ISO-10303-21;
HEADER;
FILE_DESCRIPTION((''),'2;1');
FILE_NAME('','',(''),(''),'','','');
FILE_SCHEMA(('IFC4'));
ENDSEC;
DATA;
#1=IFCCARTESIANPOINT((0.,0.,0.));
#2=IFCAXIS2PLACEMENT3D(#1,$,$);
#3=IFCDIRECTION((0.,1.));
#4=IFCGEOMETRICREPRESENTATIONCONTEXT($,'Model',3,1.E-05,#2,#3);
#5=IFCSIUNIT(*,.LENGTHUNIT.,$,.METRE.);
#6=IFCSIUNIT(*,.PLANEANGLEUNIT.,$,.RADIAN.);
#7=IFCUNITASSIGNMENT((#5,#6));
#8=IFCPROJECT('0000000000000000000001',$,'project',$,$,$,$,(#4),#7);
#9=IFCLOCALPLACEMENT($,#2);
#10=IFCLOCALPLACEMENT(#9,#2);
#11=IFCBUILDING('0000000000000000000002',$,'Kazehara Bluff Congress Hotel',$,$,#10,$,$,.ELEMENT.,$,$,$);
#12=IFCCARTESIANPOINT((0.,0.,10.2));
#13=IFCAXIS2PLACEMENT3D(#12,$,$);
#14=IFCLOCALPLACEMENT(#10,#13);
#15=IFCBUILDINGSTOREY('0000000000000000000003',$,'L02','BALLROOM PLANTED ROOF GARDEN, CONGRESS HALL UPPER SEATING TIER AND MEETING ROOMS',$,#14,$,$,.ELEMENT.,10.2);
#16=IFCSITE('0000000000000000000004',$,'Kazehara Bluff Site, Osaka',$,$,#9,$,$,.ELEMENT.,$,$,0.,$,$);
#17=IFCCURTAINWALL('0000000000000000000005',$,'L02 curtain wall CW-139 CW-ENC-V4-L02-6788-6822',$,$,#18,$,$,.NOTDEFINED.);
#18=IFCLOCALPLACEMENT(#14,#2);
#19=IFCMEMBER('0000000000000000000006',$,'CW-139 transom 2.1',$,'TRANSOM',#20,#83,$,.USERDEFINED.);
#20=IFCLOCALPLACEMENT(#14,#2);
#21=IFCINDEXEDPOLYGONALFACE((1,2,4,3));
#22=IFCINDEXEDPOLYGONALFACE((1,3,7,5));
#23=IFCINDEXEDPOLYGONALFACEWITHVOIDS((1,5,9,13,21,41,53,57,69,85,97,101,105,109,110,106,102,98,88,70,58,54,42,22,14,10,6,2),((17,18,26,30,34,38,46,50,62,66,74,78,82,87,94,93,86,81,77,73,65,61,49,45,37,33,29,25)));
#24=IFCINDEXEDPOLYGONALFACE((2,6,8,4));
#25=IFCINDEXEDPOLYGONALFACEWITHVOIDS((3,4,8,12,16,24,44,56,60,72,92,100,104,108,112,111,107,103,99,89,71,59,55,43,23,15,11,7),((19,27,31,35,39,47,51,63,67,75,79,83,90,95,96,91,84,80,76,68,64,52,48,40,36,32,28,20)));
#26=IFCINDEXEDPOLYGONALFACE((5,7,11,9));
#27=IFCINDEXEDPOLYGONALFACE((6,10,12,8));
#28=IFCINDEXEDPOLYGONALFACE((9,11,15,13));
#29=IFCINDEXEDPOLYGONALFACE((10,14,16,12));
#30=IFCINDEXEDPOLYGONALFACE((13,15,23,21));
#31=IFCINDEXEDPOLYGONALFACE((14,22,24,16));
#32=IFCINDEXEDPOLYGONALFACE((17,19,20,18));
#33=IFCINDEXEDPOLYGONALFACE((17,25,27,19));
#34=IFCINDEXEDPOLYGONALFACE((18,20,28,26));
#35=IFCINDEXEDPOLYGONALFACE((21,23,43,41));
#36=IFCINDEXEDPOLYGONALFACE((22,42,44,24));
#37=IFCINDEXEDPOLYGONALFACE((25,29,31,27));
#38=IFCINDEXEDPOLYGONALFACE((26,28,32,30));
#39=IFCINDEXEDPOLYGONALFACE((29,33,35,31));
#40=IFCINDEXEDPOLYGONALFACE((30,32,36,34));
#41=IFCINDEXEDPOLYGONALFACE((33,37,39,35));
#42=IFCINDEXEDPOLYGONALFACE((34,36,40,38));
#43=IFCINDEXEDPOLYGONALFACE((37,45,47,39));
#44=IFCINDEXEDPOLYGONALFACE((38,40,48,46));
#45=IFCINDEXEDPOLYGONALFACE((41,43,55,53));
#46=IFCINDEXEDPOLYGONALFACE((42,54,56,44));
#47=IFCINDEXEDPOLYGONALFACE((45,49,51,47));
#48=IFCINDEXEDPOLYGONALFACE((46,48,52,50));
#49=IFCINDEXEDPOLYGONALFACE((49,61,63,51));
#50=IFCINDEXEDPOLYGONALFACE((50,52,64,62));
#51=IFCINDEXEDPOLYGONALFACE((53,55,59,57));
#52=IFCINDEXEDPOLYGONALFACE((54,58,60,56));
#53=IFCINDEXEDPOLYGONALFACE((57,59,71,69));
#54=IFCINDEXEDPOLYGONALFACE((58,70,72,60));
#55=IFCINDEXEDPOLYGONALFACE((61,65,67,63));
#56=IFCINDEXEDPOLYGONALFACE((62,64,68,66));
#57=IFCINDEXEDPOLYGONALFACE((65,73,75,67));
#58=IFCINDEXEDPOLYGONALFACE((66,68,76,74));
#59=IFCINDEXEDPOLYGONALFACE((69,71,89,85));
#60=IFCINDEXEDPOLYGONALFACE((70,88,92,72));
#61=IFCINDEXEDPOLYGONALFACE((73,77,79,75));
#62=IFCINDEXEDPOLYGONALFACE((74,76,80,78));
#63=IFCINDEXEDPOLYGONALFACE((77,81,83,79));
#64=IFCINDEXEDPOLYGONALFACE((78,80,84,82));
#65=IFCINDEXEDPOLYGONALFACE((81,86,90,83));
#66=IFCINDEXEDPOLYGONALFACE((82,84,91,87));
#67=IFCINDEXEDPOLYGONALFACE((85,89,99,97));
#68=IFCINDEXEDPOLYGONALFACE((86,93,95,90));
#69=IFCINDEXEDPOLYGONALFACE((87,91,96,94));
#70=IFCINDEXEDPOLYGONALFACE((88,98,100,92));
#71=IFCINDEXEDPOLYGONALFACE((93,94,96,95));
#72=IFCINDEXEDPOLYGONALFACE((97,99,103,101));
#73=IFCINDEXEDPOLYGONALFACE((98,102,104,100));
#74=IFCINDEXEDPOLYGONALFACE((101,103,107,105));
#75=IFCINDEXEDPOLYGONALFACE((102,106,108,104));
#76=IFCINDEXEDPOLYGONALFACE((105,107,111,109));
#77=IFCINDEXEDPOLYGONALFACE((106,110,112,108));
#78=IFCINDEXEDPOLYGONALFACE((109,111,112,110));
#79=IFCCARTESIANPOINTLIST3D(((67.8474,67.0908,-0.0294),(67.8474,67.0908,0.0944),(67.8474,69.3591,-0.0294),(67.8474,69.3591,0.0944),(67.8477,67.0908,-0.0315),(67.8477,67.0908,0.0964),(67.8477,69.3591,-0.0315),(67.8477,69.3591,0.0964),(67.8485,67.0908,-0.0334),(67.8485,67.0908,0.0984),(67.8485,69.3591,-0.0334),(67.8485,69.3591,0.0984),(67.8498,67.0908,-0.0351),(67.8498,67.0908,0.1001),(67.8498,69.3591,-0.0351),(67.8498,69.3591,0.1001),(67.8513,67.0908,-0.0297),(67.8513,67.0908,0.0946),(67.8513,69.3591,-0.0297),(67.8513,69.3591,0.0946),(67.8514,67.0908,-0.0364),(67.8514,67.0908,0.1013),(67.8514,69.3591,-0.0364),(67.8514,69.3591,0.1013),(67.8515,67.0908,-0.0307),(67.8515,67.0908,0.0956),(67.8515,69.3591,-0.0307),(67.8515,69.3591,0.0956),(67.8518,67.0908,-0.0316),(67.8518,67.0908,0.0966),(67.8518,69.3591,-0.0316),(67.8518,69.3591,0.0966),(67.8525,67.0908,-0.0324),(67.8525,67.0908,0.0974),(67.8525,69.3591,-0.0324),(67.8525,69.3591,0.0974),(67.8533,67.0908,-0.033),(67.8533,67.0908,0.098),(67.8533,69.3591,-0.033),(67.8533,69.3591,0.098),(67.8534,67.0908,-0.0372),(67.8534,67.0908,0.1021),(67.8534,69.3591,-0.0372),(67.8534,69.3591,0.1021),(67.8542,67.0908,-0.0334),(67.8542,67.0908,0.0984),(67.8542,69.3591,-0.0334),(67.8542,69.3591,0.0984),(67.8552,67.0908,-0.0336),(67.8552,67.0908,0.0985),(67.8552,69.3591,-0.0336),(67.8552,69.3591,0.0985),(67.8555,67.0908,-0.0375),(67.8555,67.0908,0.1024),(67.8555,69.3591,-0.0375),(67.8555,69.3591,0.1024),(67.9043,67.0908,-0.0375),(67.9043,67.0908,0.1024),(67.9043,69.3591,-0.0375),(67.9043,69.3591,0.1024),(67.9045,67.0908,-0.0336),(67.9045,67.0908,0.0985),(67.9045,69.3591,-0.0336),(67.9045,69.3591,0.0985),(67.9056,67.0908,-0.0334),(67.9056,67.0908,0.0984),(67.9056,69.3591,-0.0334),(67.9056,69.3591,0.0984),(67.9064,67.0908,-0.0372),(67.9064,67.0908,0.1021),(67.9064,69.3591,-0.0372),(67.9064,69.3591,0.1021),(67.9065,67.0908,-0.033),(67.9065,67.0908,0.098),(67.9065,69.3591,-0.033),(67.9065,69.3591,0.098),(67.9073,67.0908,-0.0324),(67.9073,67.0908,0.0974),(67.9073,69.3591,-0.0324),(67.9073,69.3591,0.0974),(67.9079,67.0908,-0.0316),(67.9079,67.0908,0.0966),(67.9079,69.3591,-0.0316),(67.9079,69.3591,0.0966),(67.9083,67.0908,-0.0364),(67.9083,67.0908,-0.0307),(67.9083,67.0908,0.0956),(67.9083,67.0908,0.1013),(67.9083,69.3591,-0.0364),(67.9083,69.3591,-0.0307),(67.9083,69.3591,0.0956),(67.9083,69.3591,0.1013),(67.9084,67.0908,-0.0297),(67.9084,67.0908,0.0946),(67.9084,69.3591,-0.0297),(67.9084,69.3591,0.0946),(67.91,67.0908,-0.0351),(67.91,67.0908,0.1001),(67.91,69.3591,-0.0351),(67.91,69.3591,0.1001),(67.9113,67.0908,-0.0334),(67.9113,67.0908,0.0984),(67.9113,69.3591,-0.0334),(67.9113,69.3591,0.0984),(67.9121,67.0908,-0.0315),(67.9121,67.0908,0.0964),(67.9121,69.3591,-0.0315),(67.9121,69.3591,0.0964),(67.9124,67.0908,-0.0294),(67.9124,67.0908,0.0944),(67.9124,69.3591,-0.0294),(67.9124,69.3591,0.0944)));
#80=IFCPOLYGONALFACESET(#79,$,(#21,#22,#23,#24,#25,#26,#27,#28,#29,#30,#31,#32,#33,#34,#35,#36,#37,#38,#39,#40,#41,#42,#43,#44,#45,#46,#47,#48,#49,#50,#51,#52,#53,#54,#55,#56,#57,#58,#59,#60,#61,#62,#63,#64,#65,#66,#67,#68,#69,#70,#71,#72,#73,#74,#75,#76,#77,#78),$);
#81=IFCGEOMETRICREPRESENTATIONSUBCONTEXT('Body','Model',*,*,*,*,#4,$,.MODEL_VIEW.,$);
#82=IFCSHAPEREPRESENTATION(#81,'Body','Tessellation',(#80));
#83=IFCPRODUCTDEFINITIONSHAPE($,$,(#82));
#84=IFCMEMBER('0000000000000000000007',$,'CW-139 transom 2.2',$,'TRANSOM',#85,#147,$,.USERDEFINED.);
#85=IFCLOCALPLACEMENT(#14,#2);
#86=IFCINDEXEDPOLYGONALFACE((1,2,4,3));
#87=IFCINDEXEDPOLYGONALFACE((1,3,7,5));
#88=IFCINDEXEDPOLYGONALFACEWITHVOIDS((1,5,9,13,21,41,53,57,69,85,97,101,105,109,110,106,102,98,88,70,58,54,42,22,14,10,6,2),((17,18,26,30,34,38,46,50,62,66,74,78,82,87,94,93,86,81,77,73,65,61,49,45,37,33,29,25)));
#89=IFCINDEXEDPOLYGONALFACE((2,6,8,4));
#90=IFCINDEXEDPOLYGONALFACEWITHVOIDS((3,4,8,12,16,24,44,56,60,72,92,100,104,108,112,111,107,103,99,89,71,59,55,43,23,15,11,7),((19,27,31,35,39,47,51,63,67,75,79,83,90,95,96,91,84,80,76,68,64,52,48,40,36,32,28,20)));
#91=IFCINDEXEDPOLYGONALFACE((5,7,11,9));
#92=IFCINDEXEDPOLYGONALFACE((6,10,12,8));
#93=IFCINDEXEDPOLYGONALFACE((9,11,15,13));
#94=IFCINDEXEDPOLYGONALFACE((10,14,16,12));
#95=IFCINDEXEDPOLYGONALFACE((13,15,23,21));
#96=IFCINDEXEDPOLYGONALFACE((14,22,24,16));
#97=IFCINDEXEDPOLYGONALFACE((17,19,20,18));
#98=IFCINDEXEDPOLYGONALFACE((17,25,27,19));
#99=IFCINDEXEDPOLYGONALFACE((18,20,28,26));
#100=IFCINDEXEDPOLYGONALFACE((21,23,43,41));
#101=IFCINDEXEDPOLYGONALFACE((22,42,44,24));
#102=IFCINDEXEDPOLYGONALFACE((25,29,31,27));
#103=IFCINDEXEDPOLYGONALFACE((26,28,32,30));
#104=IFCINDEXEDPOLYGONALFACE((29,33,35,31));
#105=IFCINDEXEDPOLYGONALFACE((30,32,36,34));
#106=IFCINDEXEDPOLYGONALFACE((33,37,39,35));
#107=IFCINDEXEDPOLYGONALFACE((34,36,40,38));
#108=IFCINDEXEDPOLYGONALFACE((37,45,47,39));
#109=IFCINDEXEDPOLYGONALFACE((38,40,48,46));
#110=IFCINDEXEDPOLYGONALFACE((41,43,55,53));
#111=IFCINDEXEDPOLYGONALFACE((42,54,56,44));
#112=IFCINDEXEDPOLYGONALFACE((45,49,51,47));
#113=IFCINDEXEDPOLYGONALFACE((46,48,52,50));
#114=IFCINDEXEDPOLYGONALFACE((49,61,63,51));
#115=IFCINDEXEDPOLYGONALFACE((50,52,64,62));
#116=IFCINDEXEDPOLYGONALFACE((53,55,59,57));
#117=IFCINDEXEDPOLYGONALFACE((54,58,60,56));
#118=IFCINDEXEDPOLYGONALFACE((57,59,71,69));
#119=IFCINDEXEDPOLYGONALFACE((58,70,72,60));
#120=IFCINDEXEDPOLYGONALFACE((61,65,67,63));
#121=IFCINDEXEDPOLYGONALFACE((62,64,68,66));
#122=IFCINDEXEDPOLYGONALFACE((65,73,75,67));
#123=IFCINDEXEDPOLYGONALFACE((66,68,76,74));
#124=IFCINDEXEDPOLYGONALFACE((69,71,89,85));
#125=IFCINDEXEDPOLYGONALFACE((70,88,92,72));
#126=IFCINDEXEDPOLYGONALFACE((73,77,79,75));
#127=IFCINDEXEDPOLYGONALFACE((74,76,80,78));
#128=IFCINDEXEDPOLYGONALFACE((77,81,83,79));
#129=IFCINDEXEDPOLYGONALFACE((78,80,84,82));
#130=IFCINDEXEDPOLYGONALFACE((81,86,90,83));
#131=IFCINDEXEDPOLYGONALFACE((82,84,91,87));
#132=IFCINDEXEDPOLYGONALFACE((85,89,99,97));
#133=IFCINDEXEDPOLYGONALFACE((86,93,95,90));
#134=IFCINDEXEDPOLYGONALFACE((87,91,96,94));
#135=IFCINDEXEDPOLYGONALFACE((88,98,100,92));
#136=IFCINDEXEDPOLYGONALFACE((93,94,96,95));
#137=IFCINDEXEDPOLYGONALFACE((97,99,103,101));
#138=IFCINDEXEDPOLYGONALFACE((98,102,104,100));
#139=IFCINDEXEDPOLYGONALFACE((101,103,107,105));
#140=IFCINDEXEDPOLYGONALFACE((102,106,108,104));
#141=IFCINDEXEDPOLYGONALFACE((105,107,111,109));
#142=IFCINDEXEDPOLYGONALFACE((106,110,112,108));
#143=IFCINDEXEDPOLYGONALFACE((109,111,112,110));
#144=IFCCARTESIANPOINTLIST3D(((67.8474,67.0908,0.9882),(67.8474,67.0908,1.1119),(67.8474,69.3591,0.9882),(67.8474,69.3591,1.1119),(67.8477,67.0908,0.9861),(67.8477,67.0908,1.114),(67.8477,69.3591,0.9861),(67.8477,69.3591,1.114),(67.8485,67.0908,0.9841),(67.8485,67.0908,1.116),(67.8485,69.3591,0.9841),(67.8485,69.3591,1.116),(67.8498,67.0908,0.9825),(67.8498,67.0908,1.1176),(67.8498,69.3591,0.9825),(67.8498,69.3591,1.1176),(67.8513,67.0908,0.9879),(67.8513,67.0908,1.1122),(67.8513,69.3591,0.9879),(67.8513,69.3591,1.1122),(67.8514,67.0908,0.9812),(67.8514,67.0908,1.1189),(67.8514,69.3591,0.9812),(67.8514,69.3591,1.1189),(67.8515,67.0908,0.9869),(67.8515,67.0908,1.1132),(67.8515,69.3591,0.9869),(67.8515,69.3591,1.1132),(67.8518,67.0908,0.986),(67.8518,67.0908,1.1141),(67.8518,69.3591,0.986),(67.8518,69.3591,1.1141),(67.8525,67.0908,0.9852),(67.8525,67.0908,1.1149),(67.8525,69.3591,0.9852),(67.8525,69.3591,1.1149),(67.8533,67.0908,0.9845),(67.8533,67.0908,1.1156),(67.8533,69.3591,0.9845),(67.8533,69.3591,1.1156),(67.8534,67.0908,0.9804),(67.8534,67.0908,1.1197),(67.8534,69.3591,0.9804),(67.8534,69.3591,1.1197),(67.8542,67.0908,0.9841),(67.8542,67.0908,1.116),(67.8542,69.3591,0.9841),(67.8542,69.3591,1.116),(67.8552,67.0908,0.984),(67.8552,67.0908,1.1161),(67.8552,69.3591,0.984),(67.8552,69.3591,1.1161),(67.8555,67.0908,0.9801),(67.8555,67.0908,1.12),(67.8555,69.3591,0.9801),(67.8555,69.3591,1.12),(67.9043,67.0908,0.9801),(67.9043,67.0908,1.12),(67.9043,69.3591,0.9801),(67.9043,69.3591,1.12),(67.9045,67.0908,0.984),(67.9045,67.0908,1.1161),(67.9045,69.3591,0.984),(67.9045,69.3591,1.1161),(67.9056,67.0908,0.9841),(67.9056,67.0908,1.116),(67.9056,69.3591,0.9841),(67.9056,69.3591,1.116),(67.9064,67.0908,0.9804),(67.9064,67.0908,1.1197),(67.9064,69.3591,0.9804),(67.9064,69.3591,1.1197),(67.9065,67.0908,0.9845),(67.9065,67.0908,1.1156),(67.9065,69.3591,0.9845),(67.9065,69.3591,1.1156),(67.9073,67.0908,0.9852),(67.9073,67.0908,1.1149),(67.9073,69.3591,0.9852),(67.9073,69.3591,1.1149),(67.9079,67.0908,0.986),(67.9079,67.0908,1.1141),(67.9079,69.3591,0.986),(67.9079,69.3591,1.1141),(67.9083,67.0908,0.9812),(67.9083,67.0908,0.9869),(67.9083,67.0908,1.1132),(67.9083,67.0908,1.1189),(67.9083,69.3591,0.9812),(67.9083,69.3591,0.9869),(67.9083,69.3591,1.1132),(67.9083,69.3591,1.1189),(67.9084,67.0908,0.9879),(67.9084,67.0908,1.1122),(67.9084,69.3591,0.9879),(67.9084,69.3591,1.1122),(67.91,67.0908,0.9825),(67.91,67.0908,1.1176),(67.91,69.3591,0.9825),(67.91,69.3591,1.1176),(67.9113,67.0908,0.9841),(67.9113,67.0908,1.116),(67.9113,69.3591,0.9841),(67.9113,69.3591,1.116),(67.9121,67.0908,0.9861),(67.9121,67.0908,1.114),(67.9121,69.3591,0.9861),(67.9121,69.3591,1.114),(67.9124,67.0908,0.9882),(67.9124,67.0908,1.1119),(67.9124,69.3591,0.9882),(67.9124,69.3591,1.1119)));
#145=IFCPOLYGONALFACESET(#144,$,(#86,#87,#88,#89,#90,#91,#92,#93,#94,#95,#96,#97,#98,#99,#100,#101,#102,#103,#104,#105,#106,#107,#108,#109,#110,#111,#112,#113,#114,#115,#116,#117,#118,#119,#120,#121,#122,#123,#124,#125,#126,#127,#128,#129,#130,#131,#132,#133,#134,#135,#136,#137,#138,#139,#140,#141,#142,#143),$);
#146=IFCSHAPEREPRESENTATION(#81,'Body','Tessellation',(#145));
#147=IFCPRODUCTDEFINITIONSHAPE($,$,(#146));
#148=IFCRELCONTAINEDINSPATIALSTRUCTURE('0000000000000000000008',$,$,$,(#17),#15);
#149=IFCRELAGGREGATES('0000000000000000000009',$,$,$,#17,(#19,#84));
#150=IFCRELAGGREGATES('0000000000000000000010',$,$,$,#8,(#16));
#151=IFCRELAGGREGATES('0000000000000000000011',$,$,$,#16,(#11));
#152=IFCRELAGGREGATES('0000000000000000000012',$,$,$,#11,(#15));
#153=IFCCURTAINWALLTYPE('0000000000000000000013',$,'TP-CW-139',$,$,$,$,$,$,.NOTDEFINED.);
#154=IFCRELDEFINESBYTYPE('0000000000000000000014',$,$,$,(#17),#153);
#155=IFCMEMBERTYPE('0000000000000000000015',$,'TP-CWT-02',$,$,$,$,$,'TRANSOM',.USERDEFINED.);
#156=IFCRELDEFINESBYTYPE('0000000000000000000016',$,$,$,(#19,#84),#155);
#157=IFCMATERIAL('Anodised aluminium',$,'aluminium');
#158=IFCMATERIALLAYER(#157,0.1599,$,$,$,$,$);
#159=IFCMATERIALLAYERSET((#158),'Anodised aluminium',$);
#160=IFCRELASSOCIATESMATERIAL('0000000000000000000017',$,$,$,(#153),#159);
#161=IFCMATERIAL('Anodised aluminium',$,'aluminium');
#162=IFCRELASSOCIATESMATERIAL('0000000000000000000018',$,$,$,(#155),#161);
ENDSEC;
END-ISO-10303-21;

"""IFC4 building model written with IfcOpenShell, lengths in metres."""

from ifc_helpers import new_model, si_unit, direction, frame, origin, origin_2d, place, context, subcontext, project, spatial, hollow_rectangle, extrude, material, layer, layer_set, material_profile, profile_set, type_object, element, aggregate, save


model = new_model("IFC4")

# Units and contexts
model_context = context("Model", 3, precision=1e-05, world=origin(), true_north=direction((0.0, 1.0)))
body_context = subcontext(model_context, "Body", "Model", "MODEL_VIEW")
ifc_project = project(units=[si_unit("LENGTHUNIT", "METRE"), si_unit("PLANEANGLEUNIT", "RADIAN")], contexts=[model_context])

# Site, building, storey
site_placement = place(None, origin())
site = spatial("IfcSite", under=ifc_project, at=site_placement, Name="Kazehara Bluff Site, Osaka", CompositionType="ELEMENT", RefElevation=0.0)
building_placement = place(site_placement, origin())
building = spatial("IfcBuilding", under=site, at=building_placement, Name="Kazehara Bluff Congress Hotel", CompositionType="ELEMENT")
storey_placement = place(building_placement, frame((0.0, 0.0, 10.2)))
storey = spatial("IfcBuildingStorey", under=building, at=storey_placement, Name="L02", Description="BALLROOM PLANTED ROOF GARDEN, CONGRESS HALL UPPER SEATING TIER AND MEETING ROOMS", CompositionType="ELEMENT", Elevation=10.2)

# Curtain wall, members
ifc_material_1 = material(Name="Anodised aluminium", Category="aluminium")
ifc_layer_1 = layer(ifc_material_1, 0.1599)
ifc_layer_set_1 = layer_set([ifc_layer_1], Name="Anodised aluminium")
curtain_wall_type = type_object("IfcCurtainWallType", Name="TP-CW-139", PredefinedType="NOTDEFINED", material=ifc_layer_set_1)
curtain_wall_placement = place(storey_placement, origin())
curtain_wall = element("IfcCurtainWall", 1, at=curtain_wall_placement, inside=storey, type_object=curtain_wall_type, Name="L02 curtain wall CW-139 CW-ENC-V4-L02-6788-6822", PredefinedType="NOTDEFINED")
ifc_material_2 = material(Name="Anodised aluminium", Category="aluminium")
ifc_material_profile_1 = material_profile(ifc_material_2, hollow_rectangle(XDim=0.0649, YDim=0.1399, WallThickness=0.0039, InnerFilletRadius=0.0039, OuterFilletRadius=0.0081, at=origin_2d()))
ifc_profile_set_1 = profile_set([ifc_material_profile_1], Name="Anodised aluminium")
member_type_1 = type_object("IfcMemberType", Name="TP-CWT-02", ElementType="TRANSOM", PredefinedType="USERDEFINED", material=ifc_profile_set_1)
member_1_placement = place(storey_placement, frame((67.8799, 69.3591, 0.0325), z_axis=(0.0, -1.0, 0.0), x_axis=(1.0, 0.0, 0.0)))
member_1 = element("IfcMember", 2, at=member_1_placement, type_object=member_type_1, Name="CW-139 transom 2.1", ObjectType="TRANSOM", PredefinedType="USERDEFINED", context=body_context, shape_type="SweptSolid", body=[
    extrude(hollow_rectangle(XDim=0.0649, YDim=0.1399, WallThickness=0.0039, InnerFilletRadius=0.0039, OuterFilletRadius=0.0081, at=origin_2d()), origin(), (0.0, 0.0, 1.0), 2.2683),
])
member_2_placement = place(storey_placement, frame((67.8799, 69.3591, 1.05), z_axis=(0.0, -1.0, 0.0), x_axis=(1.0, 0.0, 0.0)))
member_2 = element("IfcMember", 3, at=member_2_placement, type_object=member_type_1, Name="CW-139 transom 2.2", ObjectType="TRANSOM", PredefinedType="USERDEFINED", context=body_context, shape_type="SweptSolid", body=[
    extrude(hollow_rectangle(XDim=0.0649, YDim=0.1399, WallThickness=0.0039, InnerFilletRadius=0.0039, OuterFilletRadius=0.0081, at=origin_2d()), origin(), (0.0, 0.0, 1.0), 2.2683),
])
aggregate(curtain_wall, [member_1, member_2])

save(model, "model.ifc")
